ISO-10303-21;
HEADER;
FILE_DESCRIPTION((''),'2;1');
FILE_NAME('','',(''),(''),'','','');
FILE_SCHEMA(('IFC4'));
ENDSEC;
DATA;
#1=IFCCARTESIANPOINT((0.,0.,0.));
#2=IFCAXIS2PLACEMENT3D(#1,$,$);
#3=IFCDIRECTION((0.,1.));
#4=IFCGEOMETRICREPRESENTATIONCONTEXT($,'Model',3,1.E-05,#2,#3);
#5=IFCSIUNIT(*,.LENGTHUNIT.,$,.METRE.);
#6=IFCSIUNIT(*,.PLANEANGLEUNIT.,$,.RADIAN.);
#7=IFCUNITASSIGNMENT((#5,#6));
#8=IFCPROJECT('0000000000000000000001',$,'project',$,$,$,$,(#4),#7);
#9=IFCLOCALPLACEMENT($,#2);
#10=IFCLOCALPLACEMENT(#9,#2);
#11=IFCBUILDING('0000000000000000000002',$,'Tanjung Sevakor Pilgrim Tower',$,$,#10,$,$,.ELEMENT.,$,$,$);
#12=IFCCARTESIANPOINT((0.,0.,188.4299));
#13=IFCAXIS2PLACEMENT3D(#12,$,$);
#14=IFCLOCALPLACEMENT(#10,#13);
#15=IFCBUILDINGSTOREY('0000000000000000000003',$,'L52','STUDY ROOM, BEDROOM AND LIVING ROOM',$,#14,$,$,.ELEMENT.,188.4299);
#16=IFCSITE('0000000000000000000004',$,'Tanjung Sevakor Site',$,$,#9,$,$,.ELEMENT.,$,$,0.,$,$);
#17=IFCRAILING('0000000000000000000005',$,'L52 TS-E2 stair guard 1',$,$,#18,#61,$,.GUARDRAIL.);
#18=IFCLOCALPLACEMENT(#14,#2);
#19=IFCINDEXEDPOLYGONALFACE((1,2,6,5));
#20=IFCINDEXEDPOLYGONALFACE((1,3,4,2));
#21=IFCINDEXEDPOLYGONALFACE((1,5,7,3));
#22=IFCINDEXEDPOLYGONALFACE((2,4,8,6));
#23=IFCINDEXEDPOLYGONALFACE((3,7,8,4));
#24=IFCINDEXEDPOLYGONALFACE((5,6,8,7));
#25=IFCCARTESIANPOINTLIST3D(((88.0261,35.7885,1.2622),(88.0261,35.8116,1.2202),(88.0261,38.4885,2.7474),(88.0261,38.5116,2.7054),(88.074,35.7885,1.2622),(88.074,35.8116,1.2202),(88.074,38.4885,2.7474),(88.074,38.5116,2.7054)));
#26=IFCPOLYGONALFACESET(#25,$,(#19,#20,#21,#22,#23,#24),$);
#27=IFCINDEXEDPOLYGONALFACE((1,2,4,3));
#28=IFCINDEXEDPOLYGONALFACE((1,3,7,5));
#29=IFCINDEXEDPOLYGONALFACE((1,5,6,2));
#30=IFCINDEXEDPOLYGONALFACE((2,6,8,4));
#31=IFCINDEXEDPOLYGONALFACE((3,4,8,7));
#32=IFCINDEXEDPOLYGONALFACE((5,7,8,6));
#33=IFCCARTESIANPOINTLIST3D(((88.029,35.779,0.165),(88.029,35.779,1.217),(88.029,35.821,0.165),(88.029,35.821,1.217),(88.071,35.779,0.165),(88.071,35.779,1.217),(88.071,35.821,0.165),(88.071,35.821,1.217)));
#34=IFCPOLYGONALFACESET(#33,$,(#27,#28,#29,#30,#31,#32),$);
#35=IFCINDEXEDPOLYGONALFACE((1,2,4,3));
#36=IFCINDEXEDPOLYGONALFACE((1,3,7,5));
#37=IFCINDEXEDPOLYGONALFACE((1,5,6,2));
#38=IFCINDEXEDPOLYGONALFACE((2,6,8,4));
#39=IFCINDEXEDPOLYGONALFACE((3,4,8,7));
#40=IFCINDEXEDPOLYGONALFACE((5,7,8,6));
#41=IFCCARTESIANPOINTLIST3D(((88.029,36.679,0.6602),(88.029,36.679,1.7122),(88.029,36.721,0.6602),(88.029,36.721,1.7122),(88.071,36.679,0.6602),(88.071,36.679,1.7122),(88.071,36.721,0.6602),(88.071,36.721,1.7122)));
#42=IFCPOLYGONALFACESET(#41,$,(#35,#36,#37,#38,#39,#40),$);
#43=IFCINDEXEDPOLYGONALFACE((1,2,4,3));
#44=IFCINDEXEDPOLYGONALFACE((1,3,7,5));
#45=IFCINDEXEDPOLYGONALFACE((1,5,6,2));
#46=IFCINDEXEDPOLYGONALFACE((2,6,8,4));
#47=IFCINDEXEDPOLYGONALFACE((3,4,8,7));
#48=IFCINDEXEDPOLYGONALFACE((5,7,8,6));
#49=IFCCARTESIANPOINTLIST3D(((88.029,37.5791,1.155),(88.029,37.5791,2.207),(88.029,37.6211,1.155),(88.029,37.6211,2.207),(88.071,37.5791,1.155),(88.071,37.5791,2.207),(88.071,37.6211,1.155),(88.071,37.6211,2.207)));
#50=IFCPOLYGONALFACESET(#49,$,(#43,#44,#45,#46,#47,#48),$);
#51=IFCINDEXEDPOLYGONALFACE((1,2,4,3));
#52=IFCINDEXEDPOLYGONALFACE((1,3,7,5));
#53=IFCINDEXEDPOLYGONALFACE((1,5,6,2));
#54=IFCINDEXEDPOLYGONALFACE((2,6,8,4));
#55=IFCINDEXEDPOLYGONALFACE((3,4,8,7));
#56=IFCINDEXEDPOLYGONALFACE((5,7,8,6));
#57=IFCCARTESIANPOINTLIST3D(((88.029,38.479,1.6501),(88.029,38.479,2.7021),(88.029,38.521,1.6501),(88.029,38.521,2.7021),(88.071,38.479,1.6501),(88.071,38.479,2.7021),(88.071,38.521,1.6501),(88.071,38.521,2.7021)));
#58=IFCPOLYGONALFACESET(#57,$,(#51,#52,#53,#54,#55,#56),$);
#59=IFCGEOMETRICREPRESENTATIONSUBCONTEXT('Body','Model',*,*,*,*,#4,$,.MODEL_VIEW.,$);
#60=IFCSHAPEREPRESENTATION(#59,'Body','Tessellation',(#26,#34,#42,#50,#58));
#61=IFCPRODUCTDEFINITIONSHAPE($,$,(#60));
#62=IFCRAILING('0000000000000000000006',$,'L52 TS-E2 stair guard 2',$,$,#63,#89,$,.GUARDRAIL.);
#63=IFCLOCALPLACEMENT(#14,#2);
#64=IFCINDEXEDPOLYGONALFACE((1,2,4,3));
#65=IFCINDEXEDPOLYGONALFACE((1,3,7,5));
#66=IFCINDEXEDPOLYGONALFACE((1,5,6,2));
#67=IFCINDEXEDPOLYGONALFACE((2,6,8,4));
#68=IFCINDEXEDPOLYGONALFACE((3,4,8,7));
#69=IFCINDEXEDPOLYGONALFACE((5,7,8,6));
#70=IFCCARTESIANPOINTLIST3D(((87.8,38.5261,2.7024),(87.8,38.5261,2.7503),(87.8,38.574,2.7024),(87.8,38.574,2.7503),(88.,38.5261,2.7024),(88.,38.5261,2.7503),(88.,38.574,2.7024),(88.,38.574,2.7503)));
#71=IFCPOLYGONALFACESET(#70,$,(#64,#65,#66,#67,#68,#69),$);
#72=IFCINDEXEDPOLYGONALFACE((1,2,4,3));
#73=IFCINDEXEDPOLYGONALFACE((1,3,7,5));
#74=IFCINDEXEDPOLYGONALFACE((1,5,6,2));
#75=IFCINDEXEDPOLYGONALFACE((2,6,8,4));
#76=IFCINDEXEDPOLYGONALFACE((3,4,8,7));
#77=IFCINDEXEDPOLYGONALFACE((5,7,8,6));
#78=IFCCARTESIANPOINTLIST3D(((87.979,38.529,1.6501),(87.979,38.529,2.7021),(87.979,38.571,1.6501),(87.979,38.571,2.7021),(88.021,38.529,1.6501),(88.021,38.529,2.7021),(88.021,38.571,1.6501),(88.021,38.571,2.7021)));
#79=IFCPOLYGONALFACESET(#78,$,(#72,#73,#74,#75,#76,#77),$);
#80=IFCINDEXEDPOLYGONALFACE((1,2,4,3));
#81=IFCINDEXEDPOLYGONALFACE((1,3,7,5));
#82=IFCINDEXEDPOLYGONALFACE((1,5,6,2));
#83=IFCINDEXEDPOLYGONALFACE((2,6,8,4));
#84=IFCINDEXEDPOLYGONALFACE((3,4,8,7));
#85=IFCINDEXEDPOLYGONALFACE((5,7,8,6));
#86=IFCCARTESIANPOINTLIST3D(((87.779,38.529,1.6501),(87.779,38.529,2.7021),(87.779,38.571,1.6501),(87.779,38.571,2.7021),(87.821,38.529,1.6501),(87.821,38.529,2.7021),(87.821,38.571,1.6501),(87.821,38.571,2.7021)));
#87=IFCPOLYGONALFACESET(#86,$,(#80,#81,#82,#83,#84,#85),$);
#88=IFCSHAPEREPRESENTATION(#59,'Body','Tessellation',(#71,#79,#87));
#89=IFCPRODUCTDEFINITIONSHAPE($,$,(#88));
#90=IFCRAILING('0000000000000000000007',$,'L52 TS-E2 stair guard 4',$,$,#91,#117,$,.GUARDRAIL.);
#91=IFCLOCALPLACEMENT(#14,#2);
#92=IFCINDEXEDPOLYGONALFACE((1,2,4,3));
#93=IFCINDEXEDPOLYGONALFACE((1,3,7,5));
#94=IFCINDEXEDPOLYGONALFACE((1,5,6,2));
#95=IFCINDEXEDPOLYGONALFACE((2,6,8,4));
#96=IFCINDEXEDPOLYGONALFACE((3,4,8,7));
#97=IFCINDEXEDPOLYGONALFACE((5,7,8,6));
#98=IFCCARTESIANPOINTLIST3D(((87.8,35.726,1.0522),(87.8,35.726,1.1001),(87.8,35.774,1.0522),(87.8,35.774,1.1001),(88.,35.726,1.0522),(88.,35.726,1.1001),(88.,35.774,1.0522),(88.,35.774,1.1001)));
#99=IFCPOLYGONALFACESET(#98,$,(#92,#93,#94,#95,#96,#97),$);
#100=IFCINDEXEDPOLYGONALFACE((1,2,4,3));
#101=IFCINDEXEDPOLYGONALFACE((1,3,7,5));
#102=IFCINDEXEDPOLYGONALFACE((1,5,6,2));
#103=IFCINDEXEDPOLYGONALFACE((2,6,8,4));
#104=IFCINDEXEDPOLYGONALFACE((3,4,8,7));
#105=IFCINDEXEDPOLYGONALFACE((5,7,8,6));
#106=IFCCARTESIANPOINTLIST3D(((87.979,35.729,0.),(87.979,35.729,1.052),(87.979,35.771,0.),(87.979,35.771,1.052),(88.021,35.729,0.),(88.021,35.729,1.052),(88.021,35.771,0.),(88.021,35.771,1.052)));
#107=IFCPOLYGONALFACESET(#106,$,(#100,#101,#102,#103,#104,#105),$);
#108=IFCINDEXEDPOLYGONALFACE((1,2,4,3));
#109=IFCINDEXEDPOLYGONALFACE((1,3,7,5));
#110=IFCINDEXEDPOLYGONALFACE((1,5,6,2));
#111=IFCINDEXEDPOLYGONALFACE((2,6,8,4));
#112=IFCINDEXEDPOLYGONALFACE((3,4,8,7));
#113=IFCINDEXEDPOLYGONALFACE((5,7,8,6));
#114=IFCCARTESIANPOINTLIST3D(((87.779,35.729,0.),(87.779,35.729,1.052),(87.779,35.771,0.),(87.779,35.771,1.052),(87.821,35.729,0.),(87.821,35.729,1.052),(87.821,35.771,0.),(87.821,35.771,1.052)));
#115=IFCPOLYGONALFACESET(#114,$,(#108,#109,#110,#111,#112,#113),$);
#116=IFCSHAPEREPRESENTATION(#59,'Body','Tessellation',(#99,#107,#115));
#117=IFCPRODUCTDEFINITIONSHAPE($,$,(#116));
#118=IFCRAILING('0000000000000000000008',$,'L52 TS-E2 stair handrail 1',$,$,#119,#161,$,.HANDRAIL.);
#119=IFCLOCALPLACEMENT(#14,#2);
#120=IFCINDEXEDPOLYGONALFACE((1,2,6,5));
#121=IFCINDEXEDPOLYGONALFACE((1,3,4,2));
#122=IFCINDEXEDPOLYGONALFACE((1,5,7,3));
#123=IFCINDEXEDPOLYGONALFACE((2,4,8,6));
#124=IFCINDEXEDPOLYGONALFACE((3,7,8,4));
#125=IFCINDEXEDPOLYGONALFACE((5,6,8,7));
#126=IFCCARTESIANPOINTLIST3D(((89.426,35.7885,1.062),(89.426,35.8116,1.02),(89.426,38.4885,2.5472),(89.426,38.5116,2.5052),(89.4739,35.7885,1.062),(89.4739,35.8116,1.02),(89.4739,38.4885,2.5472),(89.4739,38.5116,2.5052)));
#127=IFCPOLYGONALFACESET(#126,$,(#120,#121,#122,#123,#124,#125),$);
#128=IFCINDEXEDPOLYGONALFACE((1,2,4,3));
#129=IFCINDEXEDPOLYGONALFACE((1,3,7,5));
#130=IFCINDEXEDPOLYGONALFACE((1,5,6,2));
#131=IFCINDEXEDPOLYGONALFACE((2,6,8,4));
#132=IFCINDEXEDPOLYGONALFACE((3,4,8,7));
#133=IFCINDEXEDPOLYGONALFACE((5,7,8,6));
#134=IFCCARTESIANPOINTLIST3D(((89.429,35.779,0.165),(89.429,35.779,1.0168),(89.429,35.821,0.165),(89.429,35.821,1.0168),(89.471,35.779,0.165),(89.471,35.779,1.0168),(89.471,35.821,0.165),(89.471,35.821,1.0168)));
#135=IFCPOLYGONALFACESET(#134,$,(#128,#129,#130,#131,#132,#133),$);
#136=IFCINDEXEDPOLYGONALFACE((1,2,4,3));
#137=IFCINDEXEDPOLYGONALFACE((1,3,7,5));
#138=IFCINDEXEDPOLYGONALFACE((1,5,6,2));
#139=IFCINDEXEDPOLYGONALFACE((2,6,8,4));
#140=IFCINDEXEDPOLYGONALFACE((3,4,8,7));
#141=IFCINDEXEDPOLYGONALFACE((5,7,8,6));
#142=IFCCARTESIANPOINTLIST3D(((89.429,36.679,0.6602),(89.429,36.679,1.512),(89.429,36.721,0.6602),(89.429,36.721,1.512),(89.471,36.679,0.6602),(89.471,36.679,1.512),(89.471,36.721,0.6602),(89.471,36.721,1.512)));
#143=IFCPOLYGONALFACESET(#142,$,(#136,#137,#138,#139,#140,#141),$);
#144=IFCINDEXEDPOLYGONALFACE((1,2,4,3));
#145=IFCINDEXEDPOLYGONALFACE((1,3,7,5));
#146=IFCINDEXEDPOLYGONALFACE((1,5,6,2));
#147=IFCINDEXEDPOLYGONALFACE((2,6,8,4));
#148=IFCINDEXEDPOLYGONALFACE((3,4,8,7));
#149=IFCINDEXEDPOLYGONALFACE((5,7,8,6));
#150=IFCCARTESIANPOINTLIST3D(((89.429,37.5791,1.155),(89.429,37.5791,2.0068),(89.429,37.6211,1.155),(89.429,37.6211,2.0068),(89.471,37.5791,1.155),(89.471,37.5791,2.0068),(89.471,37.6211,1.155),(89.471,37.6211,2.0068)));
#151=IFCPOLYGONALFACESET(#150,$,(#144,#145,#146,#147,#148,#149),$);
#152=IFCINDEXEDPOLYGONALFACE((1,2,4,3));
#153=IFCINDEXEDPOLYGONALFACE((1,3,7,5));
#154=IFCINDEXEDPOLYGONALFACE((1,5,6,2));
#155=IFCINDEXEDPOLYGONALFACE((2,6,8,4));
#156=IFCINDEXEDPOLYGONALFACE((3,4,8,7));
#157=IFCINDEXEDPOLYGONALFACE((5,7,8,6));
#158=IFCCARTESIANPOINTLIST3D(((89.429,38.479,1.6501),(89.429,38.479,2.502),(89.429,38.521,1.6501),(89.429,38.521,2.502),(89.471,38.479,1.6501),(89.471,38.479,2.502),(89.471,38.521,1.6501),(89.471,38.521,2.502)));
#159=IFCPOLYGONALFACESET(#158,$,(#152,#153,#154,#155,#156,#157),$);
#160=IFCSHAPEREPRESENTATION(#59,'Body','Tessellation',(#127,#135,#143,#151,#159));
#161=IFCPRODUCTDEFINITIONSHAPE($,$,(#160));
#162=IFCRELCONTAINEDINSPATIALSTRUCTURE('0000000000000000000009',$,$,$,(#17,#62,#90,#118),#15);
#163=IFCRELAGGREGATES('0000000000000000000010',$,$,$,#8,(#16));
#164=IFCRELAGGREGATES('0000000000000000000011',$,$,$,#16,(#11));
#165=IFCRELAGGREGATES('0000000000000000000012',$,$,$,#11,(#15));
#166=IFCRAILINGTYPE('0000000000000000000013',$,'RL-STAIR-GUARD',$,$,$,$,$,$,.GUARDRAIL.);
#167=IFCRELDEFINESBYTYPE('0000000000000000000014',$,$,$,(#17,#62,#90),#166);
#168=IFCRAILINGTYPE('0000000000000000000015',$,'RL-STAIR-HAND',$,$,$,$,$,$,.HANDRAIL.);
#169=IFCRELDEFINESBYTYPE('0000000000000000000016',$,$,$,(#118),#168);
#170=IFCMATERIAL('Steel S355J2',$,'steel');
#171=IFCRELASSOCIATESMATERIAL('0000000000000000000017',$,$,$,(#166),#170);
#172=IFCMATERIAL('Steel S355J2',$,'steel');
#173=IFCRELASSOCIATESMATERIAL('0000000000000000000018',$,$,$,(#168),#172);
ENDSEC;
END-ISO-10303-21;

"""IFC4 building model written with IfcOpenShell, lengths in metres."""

from ifc_helpers import new_model, si_unit, direction, frame, origin, place, context, subcontext, project, spatial, rectangle, extrude, material, type_object, element, save


model = new_model("IFC4")

# Units and contexts
model_context = context("Model", 3, precision=1e-05, world=origin(), true_north=direction((0.0, 1.0)))
body_context = subcontext(model_context, "Body", "Model", "MODEL_VIEW")
ifc_project = project(units=[si_unit("LENGTHUNIT", "METRE"), si_unit("PLANEANGLEUNIT", "RADIAN")], contexts=[model_context])

# Site, building, storey
site_placement = place(None, origin())
site = spatial("IfcSite", under=ifc_project, at=site_placement, Name="Tanjung Sevakor Site", CompositionType="ELEMENT", RefElevation=0.0)
building_placement = place(site_placement, origin())
building = spatial("IfcBuilding", under=site, at=building_placement, Name="Tanjung Sevakor Pilgrim Tower", CompositionType="ELEMENT")
storey_placement = place(building_placement, frame((0.0, 0.0, 188.4299)))
storey = spatial("IfcBuildingStorey", under=building, at=storey_placement, Name="L52", Description="STUDY ROOM, BEDROOM AND LIVING ROOM", CompositionType="ELEMENT", Elevation=188.4299)

# Railings
ifc_material_1 = material(Name="Steel S355J2", Category="steel")
railing_type_1 = type_object("IfcRailingType", Name="RL-STAIR-GUARD", PredefinedType="GUARDRAIL", material=ifc_material_1)
railing_1_placement = place(storey_placement, frame((88.05, 35.8, 0.165)))
element("IfcRailing", 1, at=railing_1_placement, inside=storey, type_object=railing_type_1, Name="L52 TS-E2 stair guard 1", PredefinedType="GUARDRAIL", context=body_context, shape_type="SweptSolid", body=[
    extrude(rectangle(XDim=0.0479, YDim=0.0479), frame((0.0, 0.0, 1.0762), z_axis=(0.0, 0.876198, 0.481952), x_axis=(-1.0, 0.0, 0.0)), (0.0, 0.0, 1.0), 3.0815),
    extrude(rectangle(XDim=0.042, YDim=0.042), origin(), (0.0, 0.0, 1.0), 1.052),
    extrude(rectangle(XDim=0.042, YDim=0.042), frame((0.0, 0.8999, 0.4951)), (0.0, 0.0, 1.0), 1.052),
    extrude(rectangle(XDim=0.042, YDim=0.042), frame((0.0, 1.8, 0.99)), (0.0, 0.0, 1.0), 1.052),
    extrude(rectangle(XDim=0.042, YDim=0.042), frame((0.0, 2.7, 1.4851)), (0.0, 0.0, 1.0), 1.052),
])
for number, where, name in (
    (2, (88.0, 38.55, 1.6501), "L52 TS-E2 stair guard 2"),
    (3, (88.0, 35.75, 0.0), "L52 TS-E2 stair guard 4"),
):
    element("IfcRailing", number, at=place(storey_placement, frame(where)), inside=storey, type_object=railing_type_1, Name=name, PredefinedType="GUARDRAIL", context=body_context, shape_type="SweptSolid", body=[
        extrude(rectangle(XDim=0.0479, YDim=0.0479), frame((0.0, 0.0, 1.0762), z_axis=(-1.0, 0.0, 0.0), x_axis=(0.0, -1.0, 0.0)), (0.0, 0.0, 1.0), 0.2),
        extrude(rectangle(XDim=0.042, YDim=0.042), origin(), (0.0, 0.0, 1.0), 1.052),
        extrude(rectangle(XDim=0.042, YDim=0.042), frame((-0.2, 0.0, 0.0)), (0.0, 0.0, 1.0), 1.052),
    ])
ifc_material_2 = material(Name="Steel S355J2", Category="steel")
railing_type_2 = type_object("IfcRailingType", Name="RL-STAIR-HAND", PredefinedType="HANDRAIL", material=ifc_material_2)
railing_2_placement = place(storey_placement, frame((89.45, 35.8, 0.165)))
element("IfcRailing", 4, at=railing_2_placement, inside=storey, type_object=railing_type_2, Name="L52 TS-E2 stair handrail 1", PredefinedType="HANDRAIL", context=body_context, shape_type="SweptSolid", body=[
    extrude(rectangle(XDim=0.0479, YDim=0.0479), frame((0.0, 0.0, 0.876), z_axis=(0.0, 0.876198, 0.481952), x_axis=(-1.0, 0.0, 0.0)), (0.0, 0.0, 1.0), 3.0815),
    extrude(rectangle(XDim=0.042, YDim=0.042), origin(), (0.0, 0.0, 1.0), 0.8518),
    extrude(rectangle(XDim=0.042, YDim=0.042), frame((0.0, 0.8999, 0.4951)), (0.0, 0.0, 1.0), 0.8518),
    extrude(rectangle(XDim=0.042, YDim=0.042), frame((0.0, 1.8, 0.99)), (0.0, 0.0, 1.0), 0.8518),
    extrude(rectangle(XDim=0.042, YDim=0.042), frame((0.0, 2.7, 1.4851)), (0.0, 0.0, 1.0), 0.8518),
])

save(model, "model.ifc")
